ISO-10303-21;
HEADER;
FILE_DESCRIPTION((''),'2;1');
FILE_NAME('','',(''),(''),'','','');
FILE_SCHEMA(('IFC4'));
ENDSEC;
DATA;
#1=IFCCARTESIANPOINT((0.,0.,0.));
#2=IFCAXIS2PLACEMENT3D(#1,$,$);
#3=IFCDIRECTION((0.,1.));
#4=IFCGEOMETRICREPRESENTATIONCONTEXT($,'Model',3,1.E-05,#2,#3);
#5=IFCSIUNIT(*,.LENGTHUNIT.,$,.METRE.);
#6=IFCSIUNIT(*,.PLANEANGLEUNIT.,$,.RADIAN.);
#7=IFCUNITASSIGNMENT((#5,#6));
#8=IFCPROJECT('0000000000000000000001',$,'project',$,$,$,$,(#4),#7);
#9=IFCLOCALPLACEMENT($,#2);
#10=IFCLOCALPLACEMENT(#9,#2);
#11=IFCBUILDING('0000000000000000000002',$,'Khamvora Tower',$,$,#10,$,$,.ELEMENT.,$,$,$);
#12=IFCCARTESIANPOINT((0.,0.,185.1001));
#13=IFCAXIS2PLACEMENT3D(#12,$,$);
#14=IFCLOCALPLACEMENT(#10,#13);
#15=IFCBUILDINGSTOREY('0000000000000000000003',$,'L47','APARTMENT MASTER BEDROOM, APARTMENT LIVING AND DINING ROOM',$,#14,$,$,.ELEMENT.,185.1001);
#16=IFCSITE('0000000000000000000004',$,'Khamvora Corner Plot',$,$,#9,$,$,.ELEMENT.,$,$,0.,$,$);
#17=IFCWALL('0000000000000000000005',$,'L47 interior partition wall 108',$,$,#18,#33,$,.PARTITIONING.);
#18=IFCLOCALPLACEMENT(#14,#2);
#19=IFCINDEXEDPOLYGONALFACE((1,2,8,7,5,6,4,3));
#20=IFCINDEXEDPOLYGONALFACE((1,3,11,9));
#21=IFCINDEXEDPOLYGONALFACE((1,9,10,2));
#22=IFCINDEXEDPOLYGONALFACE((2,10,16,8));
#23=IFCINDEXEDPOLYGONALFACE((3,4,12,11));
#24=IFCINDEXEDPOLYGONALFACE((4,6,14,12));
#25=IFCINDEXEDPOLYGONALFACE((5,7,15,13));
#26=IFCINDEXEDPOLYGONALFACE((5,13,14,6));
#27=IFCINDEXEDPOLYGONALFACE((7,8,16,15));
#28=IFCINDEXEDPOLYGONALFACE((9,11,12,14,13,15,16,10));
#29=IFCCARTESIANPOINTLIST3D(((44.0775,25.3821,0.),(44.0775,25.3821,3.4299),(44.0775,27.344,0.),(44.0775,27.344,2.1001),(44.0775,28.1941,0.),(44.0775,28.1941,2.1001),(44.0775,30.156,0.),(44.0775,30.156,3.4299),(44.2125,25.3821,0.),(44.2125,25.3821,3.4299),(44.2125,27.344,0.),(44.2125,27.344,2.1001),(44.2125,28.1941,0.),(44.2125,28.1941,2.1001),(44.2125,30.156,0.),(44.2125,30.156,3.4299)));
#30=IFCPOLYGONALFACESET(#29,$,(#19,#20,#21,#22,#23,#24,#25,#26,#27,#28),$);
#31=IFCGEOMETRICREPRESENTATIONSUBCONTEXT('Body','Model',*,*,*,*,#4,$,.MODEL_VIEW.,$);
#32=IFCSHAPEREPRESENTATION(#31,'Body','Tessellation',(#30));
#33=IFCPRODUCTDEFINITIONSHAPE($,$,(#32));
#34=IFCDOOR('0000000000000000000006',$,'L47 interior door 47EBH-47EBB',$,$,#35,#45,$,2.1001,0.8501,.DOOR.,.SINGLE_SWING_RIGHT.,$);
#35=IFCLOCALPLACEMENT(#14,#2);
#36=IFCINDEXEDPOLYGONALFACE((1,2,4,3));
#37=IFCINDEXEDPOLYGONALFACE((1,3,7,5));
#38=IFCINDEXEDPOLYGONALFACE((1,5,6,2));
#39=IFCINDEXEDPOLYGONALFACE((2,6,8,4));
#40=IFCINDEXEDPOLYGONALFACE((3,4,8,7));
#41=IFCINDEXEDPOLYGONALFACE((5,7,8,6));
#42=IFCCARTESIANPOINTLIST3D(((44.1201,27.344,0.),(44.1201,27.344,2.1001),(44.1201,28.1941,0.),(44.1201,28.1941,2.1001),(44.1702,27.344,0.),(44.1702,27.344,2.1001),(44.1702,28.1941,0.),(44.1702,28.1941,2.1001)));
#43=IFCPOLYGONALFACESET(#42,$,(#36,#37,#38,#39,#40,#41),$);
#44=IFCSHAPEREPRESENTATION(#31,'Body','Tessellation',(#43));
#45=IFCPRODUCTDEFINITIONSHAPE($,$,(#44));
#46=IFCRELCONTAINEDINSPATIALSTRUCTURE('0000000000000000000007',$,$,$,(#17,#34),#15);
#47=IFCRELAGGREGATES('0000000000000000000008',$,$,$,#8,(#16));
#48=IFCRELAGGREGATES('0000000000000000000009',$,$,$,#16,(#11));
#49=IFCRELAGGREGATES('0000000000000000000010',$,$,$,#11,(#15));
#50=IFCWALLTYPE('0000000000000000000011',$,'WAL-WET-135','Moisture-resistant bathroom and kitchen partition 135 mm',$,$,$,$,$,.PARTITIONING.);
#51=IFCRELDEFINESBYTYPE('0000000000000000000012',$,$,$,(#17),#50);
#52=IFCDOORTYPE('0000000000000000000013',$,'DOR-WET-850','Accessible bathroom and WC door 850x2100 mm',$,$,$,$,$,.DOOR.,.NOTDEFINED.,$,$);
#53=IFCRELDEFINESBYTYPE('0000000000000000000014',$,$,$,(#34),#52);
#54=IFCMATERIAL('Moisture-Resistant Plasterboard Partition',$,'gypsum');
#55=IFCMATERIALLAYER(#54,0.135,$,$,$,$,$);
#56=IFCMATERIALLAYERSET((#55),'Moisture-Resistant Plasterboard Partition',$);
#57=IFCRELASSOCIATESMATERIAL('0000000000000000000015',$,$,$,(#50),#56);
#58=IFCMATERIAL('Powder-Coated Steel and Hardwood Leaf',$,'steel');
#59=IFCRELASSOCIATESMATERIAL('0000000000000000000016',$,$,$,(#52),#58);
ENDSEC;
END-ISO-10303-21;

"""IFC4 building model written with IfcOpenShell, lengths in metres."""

from ifc_helpers import new_model, si_unit, direction, frame, frame_2d, origin, place, context, subcontext, project, spatial, rectangle, extrude, material, layer, layer_set, type_object, element, fill, save


model = new_model("IFC4")

# Units and contexts
model_context = context("Model", 3, precision=1e-05, world=origin(), true_north=direction((0.0, 1.0)))
body_context = subcontext(model_context, "Body", "Model", "MODEL_VIEW")
ifc_project = project(units=[si_unit("LENGTHUNIT", "METRE"), si_unit("PLANEANGLEUNIT", "RADIAN")], contexts=[model_context])

# Site, building, storey
site_placement = place(None, origin())
site = spatial("IfcSite", under=ifc_project, at=site_placement, Name="Khamvora Corner Plot", CompositionType="ELEMENT", RefElevation=0.0)
building_placement = place(site_placement, origin())
building = spatial("IfcBuilding", under=site, at=building_placement, Name="Khamvora Tower", CompositionType="ELEMENT")
storey_placement = place(building_placement, frame((0.0, 0.0, 185.1001)))
storey = spatial("IfcBuildingStorey", under=building, at=storey_placement, Name="L47", Description="APARTMENT MASTER BEDROOM, APARTMENT LIVING AND DINING ROOM", CompositionType="ELEMENT", Elevation=185.1001)

# Shared definitions
ifc_material_1 = material(Name="Powder-Coated Steel and Hardwood Leaf", Category="steel")

# Wall, opening, door
ifc_material_2 = material(Name="Moisture-Resistant Plasterboard Partition", Category="gypsum")
ifc_layer_1 = layer(ifc_material_2, 0.135)
ifc_layer_set_1 = layer_set([ifc_layer_1], Name="Moisture-Resistant Plasterboard Partition")
wall_type_1 = type_object("IfcWallType", Name="WAL-WET-135", Description="Moisture-resistant bathroom and kitchen partition 135 mm", PredefinedType="PARTITIONING", material=ifc_layer_set_1)
wall_1_placement = place(storey_placement, frame((44.145, 25.3821, 0.0), z_axis=(0.0, 0.0, 1.0), x_axis=(0.0, 1.0, 0.0)))
wall_1 = element("IfcWall", 1, at=wall_1_placement, inside=storey, type_object=wall_type_1, Name="L47 interior partition wall 108", PredefinedType="PARTITIONING", context=body_context, shape_type="SweptSolid", body=[
    extrude(rectangle(XDim=4.7739, YDim=0.135, at=frame_2d((2.387, 0.0))), origin(), (0.0, 0.0, 1.0), 3.4299),
])
opening_1_placement = place(wall_1_placement, frame((1.9619, 0.0, 0.0)))
opening_1 = element("IfcOpeningElement", 2, at=opening_1_placement, cuts=wall_1, PredefinedType="OPENING", context=body_context, shape_type="SweptSolid", body=[
    extrude(rectangle(XDim=0.8501, YDim=2.1001, at=frame_2d((0.425, 1.05))), frame((0.0, 0.0774, 0.0), z_axis=(0.0, -1.0, 0.0), x_axis=(1.0, 0.0, 0.0)), (0.0, 0.0, 1.0), 0.155),
])
door_type_1 = type_object("IfcDoorType", Name="DOR-WET-850", Description="Accessible bathroom and WC door 850x2100 mm", OperationType="NOTDEFINED", PredefinedType="DOOR", material=ifc_material_1)
door_1_placement = place(opening_1_placement, origin())
door_1 = element("IfcDoor", 3, at=door_1_placement, inside=storey, type_object=door_type_1, Name="L47 interior door 47EBH-47EBB", OperationType="SINGLE_SWING_RIGHT", OverallHeight=2.1001, OverallWidth=0.8501, PredefinedType="DOOR", context=body_context, shape_type="SweptSolid", body=[
    extrude(rectangle(XDim=0.8501, YDim=2.1001, at=frame_2d((0.425, 1.05))), frame((0.0, 0.0249, 0.0), z_axis=(0.0, -1.0, 0.0), x_axis=(1.0, 0.0, 0.0)), (0.0, 0.0, 1.0), 0.05),
])
fill(opening_1, door_1)

save(model, "model.ifc")
